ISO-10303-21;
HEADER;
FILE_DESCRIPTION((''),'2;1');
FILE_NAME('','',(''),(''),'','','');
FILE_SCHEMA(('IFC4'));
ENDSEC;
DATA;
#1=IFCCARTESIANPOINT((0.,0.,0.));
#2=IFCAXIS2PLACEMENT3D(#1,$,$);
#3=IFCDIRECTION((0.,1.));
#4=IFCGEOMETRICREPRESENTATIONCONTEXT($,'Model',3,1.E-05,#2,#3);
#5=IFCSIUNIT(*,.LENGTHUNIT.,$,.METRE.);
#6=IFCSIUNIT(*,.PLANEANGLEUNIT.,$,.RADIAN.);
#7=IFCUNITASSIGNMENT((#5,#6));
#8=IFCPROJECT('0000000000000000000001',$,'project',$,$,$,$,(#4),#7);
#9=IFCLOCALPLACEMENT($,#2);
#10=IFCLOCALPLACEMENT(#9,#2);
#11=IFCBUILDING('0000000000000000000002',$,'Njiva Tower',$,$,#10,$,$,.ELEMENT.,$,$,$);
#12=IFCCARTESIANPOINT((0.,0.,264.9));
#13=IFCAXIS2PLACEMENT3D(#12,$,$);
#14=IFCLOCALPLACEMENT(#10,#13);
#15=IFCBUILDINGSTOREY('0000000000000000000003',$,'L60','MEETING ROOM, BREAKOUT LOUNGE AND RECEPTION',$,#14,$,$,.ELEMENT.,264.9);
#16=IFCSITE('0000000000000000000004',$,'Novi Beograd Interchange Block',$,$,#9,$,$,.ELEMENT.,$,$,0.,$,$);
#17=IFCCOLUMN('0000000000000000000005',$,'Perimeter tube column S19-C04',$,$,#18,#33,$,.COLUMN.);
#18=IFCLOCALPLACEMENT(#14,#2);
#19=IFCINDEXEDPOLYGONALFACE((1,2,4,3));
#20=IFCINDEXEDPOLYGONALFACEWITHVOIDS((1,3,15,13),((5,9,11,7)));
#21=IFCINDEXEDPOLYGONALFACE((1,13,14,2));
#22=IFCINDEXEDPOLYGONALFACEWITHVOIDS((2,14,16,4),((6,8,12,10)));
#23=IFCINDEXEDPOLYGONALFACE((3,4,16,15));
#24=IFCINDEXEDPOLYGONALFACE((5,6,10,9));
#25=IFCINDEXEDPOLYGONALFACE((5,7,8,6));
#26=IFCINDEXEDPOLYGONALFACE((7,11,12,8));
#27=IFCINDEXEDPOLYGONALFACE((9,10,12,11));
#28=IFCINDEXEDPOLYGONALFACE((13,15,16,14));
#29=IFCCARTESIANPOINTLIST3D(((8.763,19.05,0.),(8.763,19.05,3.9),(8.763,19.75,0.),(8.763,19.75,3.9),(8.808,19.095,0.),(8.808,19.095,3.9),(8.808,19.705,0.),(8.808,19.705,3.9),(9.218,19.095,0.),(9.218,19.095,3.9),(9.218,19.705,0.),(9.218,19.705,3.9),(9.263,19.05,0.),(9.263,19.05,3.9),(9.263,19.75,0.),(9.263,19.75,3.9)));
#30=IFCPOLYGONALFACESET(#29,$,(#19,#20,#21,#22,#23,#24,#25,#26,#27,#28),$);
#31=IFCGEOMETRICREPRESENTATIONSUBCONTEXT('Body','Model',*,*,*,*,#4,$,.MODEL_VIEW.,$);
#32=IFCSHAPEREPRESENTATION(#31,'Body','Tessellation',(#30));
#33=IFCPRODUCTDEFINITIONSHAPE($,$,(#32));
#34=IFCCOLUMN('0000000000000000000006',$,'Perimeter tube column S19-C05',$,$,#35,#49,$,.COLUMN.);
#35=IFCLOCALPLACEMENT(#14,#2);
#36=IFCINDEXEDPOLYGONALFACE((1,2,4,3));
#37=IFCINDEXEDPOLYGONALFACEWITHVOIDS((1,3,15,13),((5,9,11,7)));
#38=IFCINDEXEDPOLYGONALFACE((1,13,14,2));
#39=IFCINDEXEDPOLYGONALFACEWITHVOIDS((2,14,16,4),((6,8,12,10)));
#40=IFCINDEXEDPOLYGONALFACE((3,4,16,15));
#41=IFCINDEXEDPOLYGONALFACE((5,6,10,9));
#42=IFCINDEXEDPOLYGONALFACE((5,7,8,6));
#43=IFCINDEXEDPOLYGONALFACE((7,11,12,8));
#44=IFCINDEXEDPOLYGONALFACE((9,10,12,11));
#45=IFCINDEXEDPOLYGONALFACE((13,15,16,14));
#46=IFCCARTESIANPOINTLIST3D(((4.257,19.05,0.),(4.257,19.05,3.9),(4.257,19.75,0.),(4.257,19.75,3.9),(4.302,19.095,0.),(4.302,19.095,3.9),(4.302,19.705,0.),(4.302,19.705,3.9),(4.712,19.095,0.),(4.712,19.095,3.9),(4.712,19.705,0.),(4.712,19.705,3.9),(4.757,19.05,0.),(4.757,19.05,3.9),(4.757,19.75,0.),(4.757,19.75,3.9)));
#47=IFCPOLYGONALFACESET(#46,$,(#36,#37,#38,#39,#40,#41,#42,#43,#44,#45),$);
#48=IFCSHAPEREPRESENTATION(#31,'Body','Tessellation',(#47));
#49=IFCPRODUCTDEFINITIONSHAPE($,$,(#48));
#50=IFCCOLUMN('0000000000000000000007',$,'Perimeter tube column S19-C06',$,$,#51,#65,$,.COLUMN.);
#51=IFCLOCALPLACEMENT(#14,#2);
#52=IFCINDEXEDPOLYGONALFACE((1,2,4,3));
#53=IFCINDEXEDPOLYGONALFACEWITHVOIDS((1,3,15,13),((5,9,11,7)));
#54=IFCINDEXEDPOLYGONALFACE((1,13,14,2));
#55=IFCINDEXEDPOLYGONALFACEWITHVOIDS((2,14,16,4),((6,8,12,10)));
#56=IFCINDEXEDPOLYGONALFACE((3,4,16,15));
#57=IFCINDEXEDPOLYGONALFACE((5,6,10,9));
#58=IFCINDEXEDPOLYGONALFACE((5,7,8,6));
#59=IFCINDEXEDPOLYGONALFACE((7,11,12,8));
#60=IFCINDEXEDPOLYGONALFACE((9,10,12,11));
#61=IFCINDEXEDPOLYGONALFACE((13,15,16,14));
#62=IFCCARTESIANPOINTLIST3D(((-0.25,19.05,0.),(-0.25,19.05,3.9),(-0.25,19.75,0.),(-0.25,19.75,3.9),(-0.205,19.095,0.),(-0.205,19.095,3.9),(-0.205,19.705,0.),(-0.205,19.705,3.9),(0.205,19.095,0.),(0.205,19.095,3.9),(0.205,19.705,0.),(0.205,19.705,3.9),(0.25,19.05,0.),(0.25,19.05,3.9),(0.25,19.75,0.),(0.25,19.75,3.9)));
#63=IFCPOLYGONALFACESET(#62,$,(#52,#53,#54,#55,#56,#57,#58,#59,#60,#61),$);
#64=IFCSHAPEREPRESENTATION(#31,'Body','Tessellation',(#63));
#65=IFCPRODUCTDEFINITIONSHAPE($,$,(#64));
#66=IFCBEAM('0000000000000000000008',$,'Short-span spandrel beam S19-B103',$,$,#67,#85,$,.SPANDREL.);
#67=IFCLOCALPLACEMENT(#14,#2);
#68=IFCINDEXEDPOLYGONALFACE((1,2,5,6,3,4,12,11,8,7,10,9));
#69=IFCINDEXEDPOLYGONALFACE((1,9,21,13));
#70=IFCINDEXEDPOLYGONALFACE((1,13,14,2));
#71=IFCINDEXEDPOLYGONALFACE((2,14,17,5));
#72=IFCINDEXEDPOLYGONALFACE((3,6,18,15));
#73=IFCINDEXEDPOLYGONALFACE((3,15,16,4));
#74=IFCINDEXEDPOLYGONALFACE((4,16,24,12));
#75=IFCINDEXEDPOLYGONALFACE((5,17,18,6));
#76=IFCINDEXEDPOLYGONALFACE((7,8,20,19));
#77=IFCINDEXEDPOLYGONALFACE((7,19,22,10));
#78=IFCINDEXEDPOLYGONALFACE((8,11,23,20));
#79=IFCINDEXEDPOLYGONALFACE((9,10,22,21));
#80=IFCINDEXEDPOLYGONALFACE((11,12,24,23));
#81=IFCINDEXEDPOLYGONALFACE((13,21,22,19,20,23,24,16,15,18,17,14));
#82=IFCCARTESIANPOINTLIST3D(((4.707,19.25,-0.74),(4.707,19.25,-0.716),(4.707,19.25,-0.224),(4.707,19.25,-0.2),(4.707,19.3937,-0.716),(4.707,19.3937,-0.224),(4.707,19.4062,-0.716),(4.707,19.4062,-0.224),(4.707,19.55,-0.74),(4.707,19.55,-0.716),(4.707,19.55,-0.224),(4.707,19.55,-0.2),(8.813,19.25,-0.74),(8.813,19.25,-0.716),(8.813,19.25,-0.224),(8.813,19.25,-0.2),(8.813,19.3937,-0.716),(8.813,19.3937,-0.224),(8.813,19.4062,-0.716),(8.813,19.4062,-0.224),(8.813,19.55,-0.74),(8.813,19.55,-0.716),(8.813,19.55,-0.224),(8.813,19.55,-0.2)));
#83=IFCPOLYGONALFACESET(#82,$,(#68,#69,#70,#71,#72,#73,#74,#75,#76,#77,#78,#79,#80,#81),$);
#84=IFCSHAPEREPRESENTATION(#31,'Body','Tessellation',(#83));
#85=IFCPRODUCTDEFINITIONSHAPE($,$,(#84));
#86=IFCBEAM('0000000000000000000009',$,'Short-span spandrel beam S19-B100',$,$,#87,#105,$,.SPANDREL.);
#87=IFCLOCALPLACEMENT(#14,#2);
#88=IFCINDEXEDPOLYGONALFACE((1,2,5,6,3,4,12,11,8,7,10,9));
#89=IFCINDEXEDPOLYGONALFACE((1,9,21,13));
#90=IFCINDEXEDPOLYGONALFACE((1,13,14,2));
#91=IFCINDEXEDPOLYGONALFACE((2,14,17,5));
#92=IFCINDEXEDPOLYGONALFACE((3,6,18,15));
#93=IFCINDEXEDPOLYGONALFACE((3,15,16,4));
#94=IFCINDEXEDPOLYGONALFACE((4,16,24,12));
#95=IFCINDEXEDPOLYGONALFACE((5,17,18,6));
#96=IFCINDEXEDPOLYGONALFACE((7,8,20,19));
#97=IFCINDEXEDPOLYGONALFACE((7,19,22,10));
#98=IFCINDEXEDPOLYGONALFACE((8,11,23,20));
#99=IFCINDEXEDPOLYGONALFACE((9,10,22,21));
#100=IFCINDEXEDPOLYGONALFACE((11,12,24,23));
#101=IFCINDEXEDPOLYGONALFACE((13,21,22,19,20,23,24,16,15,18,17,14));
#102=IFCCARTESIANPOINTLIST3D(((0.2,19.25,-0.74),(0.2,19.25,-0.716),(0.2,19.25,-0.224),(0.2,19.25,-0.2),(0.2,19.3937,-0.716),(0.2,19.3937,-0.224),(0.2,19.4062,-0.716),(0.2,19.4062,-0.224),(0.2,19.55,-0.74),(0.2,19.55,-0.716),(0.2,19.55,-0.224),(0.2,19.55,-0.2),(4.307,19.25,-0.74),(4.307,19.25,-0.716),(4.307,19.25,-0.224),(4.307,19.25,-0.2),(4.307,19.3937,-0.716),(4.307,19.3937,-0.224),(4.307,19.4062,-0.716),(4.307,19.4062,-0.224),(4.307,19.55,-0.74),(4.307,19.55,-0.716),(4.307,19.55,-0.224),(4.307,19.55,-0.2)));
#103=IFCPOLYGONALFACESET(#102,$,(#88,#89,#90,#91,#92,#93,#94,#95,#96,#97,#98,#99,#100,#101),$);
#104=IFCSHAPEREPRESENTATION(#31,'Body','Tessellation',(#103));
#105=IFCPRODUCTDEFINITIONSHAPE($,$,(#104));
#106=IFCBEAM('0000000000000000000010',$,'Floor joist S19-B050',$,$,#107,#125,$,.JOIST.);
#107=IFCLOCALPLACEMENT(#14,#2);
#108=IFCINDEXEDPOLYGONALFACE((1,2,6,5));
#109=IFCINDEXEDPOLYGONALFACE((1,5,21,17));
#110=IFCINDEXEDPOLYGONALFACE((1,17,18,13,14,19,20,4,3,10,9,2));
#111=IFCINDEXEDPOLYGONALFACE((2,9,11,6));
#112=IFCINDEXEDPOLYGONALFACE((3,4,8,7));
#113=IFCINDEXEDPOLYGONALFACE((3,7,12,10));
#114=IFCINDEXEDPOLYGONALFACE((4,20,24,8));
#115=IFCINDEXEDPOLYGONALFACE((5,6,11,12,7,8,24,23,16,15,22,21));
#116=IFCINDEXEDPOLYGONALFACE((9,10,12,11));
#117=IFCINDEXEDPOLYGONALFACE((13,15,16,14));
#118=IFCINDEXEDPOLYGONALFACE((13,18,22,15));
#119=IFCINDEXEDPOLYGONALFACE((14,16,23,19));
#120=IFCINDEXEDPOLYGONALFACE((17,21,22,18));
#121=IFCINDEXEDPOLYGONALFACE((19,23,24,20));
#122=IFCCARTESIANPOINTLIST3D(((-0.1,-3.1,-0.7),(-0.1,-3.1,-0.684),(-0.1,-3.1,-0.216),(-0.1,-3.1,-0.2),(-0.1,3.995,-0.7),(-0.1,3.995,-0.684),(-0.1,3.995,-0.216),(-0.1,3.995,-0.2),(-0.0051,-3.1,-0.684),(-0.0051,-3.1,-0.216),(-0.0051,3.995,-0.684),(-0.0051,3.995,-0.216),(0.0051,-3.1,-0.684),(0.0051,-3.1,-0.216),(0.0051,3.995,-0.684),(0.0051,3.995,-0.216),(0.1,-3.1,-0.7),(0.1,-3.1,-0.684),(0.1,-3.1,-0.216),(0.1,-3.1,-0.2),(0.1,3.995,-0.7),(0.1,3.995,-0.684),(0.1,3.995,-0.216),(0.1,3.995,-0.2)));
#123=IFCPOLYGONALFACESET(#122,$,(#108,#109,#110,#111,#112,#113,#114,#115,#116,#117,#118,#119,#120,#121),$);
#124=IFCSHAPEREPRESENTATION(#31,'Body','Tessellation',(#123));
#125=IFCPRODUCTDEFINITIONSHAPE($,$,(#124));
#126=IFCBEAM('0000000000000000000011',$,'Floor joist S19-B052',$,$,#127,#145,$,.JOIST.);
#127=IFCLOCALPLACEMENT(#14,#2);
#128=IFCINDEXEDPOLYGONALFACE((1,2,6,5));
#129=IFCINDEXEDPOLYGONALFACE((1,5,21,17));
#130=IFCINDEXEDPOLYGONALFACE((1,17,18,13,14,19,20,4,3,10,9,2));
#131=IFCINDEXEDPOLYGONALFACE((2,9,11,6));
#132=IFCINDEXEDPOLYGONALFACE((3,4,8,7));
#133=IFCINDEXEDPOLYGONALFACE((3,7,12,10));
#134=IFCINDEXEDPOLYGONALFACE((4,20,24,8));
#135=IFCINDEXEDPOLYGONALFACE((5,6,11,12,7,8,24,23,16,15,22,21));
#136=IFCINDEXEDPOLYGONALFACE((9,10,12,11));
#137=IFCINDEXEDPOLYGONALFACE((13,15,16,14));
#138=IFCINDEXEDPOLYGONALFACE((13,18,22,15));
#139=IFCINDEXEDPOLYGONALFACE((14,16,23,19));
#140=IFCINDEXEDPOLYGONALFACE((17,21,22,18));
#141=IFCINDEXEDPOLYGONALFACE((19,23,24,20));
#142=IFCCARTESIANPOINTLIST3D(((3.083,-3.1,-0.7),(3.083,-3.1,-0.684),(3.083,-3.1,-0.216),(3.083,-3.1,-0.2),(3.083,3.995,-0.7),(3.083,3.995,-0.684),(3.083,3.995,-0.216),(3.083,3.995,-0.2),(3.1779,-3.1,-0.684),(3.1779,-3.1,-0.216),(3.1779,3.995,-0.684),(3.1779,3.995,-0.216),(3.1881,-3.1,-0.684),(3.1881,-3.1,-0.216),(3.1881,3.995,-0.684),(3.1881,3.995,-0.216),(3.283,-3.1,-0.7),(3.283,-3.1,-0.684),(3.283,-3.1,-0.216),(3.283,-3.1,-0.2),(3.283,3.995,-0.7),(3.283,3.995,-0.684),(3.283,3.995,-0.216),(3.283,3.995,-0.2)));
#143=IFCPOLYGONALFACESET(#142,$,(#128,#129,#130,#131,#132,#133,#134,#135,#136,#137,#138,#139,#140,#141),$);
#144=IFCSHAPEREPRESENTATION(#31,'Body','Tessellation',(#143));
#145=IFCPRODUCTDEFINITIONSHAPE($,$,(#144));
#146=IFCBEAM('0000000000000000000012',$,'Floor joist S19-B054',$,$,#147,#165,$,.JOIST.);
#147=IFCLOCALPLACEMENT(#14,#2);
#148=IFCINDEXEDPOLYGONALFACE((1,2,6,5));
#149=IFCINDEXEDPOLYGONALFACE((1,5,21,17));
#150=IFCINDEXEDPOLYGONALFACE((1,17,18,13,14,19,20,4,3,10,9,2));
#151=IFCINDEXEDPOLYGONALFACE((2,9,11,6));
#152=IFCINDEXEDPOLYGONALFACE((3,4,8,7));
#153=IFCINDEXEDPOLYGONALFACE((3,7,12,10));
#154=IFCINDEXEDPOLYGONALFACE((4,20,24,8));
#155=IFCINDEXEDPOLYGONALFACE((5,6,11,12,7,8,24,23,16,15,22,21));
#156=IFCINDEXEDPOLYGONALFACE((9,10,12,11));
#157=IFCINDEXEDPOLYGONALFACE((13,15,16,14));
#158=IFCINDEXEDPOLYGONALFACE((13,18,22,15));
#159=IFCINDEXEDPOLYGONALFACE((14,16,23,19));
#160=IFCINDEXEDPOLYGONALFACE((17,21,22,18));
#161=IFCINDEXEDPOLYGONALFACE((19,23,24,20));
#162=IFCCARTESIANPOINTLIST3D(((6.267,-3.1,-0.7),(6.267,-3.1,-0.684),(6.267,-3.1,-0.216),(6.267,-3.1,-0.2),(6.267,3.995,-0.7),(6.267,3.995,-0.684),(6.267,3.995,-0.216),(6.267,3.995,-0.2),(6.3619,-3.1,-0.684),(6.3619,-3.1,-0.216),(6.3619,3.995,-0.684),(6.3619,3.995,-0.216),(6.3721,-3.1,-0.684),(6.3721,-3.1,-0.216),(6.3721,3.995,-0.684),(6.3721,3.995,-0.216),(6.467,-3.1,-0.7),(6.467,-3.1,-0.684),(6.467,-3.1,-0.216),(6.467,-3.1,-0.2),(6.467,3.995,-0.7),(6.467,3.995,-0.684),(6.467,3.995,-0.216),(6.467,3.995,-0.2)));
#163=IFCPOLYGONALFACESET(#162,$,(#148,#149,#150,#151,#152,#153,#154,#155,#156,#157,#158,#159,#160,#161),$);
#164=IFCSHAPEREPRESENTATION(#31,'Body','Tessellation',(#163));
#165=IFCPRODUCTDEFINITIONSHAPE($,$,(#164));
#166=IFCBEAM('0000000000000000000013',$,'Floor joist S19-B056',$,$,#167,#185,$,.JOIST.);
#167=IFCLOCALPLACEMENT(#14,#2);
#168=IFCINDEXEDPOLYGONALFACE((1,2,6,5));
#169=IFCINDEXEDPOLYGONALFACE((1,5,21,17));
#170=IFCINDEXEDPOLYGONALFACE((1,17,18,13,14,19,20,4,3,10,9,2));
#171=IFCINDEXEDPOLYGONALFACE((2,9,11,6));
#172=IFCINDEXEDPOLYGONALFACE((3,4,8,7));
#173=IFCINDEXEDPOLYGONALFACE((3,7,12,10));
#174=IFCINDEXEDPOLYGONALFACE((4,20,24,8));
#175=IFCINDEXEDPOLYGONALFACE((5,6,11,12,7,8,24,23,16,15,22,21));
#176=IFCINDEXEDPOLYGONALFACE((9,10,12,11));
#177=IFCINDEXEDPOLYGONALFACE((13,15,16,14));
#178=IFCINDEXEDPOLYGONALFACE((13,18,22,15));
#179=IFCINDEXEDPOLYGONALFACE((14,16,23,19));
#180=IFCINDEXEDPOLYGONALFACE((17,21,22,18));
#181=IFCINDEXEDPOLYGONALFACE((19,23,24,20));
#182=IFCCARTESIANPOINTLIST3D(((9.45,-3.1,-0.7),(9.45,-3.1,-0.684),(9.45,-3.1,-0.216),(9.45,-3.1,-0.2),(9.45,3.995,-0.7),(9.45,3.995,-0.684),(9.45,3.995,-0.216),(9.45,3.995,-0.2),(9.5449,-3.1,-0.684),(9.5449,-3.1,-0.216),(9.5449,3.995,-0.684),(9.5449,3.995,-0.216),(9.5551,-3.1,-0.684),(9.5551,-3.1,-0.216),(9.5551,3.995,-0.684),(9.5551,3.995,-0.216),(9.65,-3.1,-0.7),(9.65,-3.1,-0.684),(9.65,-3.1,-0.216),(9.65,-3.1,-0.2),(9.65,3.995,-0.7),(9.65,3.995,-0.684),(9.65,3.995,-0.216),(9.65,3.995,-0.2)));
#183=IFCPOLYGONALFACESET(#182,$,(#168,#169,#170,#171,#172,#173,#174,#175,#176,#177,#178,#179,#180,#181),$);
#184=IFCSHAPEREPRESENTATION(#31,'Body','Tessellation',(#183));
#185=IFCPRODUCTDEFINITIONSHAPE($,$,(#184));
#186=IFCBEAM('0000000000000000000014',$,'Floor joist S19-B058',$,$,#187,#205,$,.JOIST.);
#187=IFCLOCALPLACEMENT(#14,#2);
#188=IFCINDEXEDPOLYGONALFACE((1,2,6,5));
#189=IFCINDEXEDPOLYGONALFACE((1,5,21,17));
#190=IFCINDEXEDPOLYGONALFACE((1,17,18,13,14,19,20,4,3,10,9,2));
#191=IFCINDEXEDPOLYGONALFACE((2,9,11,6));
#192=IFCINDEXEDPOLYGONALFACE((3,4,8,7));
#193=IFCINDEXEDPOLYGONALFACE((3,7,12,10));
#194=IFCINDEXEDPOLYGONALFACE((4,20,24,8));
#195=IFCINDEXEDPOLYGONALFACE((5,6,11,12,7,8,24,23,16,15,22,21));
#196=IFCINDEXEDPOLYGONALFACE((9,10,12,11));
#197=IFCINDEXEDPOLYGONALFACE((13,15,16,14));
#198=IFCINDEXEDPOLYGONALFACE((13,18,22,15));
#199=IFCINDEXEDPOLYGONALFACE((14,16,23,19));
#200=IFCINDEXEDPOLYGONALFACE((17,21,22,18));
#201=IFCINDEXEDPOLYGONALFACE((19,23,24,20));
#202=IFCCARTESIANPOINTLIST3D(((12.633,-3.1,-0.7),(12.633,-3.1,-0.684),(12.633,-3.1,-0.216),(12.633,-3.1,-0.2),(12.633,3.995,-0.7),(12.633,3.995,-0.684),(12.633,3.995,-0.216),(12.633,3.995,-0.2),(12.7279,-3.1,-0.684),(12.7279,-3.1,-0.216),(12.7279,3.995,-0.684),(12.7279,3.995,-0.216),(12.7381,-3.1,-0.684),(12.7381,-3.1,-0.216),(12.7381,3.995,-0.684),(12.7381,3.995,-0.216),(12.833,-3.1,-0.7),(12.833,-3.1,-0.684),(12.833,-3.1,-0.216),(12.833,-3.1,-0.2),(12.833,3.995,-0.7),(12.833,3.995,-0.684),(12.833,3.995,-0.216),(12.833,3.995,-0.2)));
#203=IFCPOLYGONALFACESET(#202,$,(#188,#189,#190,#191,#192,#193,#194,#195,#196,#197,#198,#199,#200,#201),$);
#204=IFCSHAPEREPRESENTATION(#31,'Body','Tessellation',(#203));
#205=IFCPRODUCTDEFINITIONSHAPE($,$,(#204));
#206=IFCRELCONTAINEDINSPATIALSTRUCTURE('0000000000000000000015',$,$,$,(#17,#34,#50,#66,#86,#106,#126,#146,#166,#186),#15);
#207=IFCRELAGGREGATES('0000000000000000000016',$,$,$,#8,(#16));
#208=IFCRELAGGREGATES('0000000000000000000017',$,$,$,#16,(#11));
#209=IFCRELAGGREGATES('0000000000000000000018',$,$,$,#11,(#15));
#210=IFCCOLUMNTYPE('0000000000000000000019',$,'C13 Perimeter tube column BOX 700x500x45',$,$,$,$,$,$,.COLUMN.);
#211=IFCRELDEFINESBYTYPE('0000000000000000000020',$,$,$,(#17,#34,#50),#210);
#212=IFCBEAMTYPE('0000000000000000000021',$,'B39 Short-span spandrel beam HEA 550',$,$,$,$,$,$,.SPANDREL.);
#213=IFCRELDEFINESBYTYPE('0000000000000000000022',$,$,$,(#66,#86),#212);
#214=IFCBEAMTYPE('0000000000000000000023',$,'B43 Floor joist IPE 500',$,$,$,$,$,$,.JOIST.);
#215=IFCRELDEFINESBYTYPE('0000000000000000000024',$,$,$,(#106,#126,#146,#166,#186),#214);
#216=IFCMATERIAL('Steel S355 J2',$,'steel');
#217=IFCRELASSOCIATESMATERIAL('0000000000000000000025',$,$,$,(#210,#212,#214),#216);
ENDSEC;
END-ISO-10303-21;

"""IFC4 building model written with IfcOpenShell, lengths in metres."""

from ifc_helpers import new_model, si_unit, direction, frame, origin, origin_2d, place, context, subcontext, project, spatial, hollow_rectangle, i_section, extrude, material, material_profile, profile_set, type_object, element, save


model = new_model("IFC4")

# Units and contexts
model_context = context("Model", 3, precision=1e-05, world=origin(), true_north=direction((0.0, 1.0)))
body_context = subcontext(model_context, "Body", "Model", "MODEL_VIEW")
ifc_project = project(units=[si_unit("LENGTHUNIT", "METRE"), si_unit("PLANEANGLEUNIT", "RADIAN")], contexts=[model_context])

# Site, building, storey
site_placement = place(None, origin())
site = spatial("IfcSite", under=ifc_project, at=site_placement, Name="Novi Beograd Interchange Block", CompositionType="ELEMENT", RefElevation=0.0)
building_placement = place(site_placement, origin())
building = spatial("IfcBuilding", under=site, at=building_placement, Name="Njiva Tower", CompositionType="ELEMENT")
storey_placement = place(building_placement, frame((0.0, 0.0, 264.9)))
storey = spatial("IfcBuildingStorey", under=building, at=storey_placement, Name="L60", Description="MEETING ROOM, BREAKOUT LOUNGE AND RECEPTION", CompositionType="ELEMENT", Elevation=264.9)

# Columns
ifc_material_1 = material(Name="Steel S355 J2", Category="steel")
ifc_material_profile_1 = material_profile(ifc_material_1, hollow_rectangle(XDim=0.5, YDim=0.7, WallThickness=0.045, at=origin_2d()), Name="BOX 700x500x45")
ifc_profile_set_1 = profile_set([ifc_material_profile_1], Name="Steel S355 J2")
column_type = type_object("IfcColumnType", Name="C13 Perimeter tube column BOX 700x500x45", PredefinedType="COLUMN", material=ifc_profile_set_1)
for number, where, z_axis, x_axis, name in (
    (1, (9.013, 19.4, 0.0), (0.0, 0.0, 1.0), (-1.0, 0.0, 0.0), "Perimeter tube column S19-C04"),
    (2, (4.507, 19.4, 0.0), (0.0, 0.0, 1.0), (-1.0, 0.0, 0.0), "Perimeter tube column S19-C05"),
    (3, (0.0, 19.4, 0.0), (0.0, 0.0, 1.0), (-1.0, 0.0, 0.0), "Perimeter tube column S19-C06"),
):
    element("IfcColumn", number, at=place(storey_placement, frame(where, z_axis=z_axis, x_axis=x_axis)), inside=storey, type_object=column_type, Name=name, PredefinedType="COLUMN", context=body_context, shape_type="SweptSolid", body=[
        extrude(hollow_rectangle(XDim=0.5, YDim=0.7, WallThickness=0.045, at=origin_2d()), origin(), (0.0, 0.0, 1.0), 3.9),
    ])

# Beams
ifc_material_profile_2 = material_profile(ifc_material_1, i_section(OverallWidth=0.3, OverallDepth=0.54, WebThickness=0.0125, FlangeThickness=0.024, at=origin_2d()), Name="HEA 550")
ifc_profile_set_2 = profile_set([ifc_material_profile_2], Name="Steel S355 J2")
beam_type_1 = type_object("IfcBeamType", Name="B39 Short-span spandrel beam HEA 550", PredefinedType="SPANDREL", material=ifc_profile_set_2)
beam_1_placement = place(storey_placement, frame((8.813, 19.4, -0.47), z_axis=(-1.0, 0.0, 0.0), x_axis=(0.0, -1.0, 0.0)))
element("IfcBeam", 4, at=beam_1_placement, inside=storey, type_object=beam_type_1, Name="Short-span spandrel beam S19-B103", PredefinedType="SPANDREL", context=body_context, shape_type="SweptSolid", body=[
    extrude(i_section(OverallWidth=0.3, OverallDepth=0.54, WebThickness=0.0125, FlangeThickness=0.024, at=origin_2d()), origin(), (0.0, 0.0, 1.0), 4.106),
])
beam_2_placement = place(storey_placement, frame((4.307, 19.4, -0.47), z_axis=(-1.0, 0.0, 0.0), x_axis=(0.0, -1.0, 0.0)))
element("IfcBeam", 5, at=beam_2_placement, inside=storey, type_object=beam_type_1, Name="Short-span spandrel beam S19-B100", PredefinedType="SPANDREL", context=body_context, shape_type="SweptSolid", body=[
    extrude(i_section(OverallWidth=0.3, OverallDepth=0.54, WebThickness=0.0125, FlangeThickness=0.024, at=origin_2d()), origin(), (0.0, 0.0, 1.0), 4.107),
])
ifc_material_profile_3 = material_profile(ifc_material_1, i_section(OverallWidth=0.2, OverallDepth=0.5, WebThickness=0.0102, FlangeThickness=0.016, at=origin_2d()), Name="IPE 500")
ifc_profile_set_3 = profile_set([ifc_material_profile_3], Name="Steel S355 J2")
beam_type_2 = type_object("IfcBeamType", Name="B43 Floor joist IPE 500", PredefinedType="JOIST", material=ifc_profile_set_3)
for number, where, z_axis, x_axis, name in (
    (6, (0.0, 3.995, -0.45), (0.0, -1.0, 0.0), (1.0, 0.0, 0.0), "Floor joist S19-B050"),
    (7, (3.183, 3.995, -0.45), (0.0, -1.0, 0.0), (1.0, 0.0, 0.0), "Floor joist S19-B052"),
    (8, (6.367, 3.995, -0.45), (0.0, -1.0, 0.0), (1.0, 0.0, 0.0), "Floor joist S19-B054"),
    (9, (9.55, 3.995, -0.45), (0.0, -1.0, 0.0), (1.0, 0.0, 0.0), "Floor joist S19-B056"),
    (10, (12.733, 3.995, -0.45), (0.0, -1.0, 0.0), (1.0, 0.0, 0.0), "Floor joist S19-B058"),
):
    element("IfcBeam", number, at=place(storey_placement, frame(where, z_axis=z_axis, x_axis=x_axis)), inside=storey, type_object=beam_type_2, Name=name, PredefinedType="JOIST", context=body_context, shape_type="SweptSolid", body=[
        extrude(i_section(OverallWidth=0.2, OverallDepth=0.5, WebThickness=0.0102, FlangeThickness=0.016, at=origin_2d()), origin(), (0.0, 0.0, 1.0), 7.095),
    ])

save(model, "model.ifc")
